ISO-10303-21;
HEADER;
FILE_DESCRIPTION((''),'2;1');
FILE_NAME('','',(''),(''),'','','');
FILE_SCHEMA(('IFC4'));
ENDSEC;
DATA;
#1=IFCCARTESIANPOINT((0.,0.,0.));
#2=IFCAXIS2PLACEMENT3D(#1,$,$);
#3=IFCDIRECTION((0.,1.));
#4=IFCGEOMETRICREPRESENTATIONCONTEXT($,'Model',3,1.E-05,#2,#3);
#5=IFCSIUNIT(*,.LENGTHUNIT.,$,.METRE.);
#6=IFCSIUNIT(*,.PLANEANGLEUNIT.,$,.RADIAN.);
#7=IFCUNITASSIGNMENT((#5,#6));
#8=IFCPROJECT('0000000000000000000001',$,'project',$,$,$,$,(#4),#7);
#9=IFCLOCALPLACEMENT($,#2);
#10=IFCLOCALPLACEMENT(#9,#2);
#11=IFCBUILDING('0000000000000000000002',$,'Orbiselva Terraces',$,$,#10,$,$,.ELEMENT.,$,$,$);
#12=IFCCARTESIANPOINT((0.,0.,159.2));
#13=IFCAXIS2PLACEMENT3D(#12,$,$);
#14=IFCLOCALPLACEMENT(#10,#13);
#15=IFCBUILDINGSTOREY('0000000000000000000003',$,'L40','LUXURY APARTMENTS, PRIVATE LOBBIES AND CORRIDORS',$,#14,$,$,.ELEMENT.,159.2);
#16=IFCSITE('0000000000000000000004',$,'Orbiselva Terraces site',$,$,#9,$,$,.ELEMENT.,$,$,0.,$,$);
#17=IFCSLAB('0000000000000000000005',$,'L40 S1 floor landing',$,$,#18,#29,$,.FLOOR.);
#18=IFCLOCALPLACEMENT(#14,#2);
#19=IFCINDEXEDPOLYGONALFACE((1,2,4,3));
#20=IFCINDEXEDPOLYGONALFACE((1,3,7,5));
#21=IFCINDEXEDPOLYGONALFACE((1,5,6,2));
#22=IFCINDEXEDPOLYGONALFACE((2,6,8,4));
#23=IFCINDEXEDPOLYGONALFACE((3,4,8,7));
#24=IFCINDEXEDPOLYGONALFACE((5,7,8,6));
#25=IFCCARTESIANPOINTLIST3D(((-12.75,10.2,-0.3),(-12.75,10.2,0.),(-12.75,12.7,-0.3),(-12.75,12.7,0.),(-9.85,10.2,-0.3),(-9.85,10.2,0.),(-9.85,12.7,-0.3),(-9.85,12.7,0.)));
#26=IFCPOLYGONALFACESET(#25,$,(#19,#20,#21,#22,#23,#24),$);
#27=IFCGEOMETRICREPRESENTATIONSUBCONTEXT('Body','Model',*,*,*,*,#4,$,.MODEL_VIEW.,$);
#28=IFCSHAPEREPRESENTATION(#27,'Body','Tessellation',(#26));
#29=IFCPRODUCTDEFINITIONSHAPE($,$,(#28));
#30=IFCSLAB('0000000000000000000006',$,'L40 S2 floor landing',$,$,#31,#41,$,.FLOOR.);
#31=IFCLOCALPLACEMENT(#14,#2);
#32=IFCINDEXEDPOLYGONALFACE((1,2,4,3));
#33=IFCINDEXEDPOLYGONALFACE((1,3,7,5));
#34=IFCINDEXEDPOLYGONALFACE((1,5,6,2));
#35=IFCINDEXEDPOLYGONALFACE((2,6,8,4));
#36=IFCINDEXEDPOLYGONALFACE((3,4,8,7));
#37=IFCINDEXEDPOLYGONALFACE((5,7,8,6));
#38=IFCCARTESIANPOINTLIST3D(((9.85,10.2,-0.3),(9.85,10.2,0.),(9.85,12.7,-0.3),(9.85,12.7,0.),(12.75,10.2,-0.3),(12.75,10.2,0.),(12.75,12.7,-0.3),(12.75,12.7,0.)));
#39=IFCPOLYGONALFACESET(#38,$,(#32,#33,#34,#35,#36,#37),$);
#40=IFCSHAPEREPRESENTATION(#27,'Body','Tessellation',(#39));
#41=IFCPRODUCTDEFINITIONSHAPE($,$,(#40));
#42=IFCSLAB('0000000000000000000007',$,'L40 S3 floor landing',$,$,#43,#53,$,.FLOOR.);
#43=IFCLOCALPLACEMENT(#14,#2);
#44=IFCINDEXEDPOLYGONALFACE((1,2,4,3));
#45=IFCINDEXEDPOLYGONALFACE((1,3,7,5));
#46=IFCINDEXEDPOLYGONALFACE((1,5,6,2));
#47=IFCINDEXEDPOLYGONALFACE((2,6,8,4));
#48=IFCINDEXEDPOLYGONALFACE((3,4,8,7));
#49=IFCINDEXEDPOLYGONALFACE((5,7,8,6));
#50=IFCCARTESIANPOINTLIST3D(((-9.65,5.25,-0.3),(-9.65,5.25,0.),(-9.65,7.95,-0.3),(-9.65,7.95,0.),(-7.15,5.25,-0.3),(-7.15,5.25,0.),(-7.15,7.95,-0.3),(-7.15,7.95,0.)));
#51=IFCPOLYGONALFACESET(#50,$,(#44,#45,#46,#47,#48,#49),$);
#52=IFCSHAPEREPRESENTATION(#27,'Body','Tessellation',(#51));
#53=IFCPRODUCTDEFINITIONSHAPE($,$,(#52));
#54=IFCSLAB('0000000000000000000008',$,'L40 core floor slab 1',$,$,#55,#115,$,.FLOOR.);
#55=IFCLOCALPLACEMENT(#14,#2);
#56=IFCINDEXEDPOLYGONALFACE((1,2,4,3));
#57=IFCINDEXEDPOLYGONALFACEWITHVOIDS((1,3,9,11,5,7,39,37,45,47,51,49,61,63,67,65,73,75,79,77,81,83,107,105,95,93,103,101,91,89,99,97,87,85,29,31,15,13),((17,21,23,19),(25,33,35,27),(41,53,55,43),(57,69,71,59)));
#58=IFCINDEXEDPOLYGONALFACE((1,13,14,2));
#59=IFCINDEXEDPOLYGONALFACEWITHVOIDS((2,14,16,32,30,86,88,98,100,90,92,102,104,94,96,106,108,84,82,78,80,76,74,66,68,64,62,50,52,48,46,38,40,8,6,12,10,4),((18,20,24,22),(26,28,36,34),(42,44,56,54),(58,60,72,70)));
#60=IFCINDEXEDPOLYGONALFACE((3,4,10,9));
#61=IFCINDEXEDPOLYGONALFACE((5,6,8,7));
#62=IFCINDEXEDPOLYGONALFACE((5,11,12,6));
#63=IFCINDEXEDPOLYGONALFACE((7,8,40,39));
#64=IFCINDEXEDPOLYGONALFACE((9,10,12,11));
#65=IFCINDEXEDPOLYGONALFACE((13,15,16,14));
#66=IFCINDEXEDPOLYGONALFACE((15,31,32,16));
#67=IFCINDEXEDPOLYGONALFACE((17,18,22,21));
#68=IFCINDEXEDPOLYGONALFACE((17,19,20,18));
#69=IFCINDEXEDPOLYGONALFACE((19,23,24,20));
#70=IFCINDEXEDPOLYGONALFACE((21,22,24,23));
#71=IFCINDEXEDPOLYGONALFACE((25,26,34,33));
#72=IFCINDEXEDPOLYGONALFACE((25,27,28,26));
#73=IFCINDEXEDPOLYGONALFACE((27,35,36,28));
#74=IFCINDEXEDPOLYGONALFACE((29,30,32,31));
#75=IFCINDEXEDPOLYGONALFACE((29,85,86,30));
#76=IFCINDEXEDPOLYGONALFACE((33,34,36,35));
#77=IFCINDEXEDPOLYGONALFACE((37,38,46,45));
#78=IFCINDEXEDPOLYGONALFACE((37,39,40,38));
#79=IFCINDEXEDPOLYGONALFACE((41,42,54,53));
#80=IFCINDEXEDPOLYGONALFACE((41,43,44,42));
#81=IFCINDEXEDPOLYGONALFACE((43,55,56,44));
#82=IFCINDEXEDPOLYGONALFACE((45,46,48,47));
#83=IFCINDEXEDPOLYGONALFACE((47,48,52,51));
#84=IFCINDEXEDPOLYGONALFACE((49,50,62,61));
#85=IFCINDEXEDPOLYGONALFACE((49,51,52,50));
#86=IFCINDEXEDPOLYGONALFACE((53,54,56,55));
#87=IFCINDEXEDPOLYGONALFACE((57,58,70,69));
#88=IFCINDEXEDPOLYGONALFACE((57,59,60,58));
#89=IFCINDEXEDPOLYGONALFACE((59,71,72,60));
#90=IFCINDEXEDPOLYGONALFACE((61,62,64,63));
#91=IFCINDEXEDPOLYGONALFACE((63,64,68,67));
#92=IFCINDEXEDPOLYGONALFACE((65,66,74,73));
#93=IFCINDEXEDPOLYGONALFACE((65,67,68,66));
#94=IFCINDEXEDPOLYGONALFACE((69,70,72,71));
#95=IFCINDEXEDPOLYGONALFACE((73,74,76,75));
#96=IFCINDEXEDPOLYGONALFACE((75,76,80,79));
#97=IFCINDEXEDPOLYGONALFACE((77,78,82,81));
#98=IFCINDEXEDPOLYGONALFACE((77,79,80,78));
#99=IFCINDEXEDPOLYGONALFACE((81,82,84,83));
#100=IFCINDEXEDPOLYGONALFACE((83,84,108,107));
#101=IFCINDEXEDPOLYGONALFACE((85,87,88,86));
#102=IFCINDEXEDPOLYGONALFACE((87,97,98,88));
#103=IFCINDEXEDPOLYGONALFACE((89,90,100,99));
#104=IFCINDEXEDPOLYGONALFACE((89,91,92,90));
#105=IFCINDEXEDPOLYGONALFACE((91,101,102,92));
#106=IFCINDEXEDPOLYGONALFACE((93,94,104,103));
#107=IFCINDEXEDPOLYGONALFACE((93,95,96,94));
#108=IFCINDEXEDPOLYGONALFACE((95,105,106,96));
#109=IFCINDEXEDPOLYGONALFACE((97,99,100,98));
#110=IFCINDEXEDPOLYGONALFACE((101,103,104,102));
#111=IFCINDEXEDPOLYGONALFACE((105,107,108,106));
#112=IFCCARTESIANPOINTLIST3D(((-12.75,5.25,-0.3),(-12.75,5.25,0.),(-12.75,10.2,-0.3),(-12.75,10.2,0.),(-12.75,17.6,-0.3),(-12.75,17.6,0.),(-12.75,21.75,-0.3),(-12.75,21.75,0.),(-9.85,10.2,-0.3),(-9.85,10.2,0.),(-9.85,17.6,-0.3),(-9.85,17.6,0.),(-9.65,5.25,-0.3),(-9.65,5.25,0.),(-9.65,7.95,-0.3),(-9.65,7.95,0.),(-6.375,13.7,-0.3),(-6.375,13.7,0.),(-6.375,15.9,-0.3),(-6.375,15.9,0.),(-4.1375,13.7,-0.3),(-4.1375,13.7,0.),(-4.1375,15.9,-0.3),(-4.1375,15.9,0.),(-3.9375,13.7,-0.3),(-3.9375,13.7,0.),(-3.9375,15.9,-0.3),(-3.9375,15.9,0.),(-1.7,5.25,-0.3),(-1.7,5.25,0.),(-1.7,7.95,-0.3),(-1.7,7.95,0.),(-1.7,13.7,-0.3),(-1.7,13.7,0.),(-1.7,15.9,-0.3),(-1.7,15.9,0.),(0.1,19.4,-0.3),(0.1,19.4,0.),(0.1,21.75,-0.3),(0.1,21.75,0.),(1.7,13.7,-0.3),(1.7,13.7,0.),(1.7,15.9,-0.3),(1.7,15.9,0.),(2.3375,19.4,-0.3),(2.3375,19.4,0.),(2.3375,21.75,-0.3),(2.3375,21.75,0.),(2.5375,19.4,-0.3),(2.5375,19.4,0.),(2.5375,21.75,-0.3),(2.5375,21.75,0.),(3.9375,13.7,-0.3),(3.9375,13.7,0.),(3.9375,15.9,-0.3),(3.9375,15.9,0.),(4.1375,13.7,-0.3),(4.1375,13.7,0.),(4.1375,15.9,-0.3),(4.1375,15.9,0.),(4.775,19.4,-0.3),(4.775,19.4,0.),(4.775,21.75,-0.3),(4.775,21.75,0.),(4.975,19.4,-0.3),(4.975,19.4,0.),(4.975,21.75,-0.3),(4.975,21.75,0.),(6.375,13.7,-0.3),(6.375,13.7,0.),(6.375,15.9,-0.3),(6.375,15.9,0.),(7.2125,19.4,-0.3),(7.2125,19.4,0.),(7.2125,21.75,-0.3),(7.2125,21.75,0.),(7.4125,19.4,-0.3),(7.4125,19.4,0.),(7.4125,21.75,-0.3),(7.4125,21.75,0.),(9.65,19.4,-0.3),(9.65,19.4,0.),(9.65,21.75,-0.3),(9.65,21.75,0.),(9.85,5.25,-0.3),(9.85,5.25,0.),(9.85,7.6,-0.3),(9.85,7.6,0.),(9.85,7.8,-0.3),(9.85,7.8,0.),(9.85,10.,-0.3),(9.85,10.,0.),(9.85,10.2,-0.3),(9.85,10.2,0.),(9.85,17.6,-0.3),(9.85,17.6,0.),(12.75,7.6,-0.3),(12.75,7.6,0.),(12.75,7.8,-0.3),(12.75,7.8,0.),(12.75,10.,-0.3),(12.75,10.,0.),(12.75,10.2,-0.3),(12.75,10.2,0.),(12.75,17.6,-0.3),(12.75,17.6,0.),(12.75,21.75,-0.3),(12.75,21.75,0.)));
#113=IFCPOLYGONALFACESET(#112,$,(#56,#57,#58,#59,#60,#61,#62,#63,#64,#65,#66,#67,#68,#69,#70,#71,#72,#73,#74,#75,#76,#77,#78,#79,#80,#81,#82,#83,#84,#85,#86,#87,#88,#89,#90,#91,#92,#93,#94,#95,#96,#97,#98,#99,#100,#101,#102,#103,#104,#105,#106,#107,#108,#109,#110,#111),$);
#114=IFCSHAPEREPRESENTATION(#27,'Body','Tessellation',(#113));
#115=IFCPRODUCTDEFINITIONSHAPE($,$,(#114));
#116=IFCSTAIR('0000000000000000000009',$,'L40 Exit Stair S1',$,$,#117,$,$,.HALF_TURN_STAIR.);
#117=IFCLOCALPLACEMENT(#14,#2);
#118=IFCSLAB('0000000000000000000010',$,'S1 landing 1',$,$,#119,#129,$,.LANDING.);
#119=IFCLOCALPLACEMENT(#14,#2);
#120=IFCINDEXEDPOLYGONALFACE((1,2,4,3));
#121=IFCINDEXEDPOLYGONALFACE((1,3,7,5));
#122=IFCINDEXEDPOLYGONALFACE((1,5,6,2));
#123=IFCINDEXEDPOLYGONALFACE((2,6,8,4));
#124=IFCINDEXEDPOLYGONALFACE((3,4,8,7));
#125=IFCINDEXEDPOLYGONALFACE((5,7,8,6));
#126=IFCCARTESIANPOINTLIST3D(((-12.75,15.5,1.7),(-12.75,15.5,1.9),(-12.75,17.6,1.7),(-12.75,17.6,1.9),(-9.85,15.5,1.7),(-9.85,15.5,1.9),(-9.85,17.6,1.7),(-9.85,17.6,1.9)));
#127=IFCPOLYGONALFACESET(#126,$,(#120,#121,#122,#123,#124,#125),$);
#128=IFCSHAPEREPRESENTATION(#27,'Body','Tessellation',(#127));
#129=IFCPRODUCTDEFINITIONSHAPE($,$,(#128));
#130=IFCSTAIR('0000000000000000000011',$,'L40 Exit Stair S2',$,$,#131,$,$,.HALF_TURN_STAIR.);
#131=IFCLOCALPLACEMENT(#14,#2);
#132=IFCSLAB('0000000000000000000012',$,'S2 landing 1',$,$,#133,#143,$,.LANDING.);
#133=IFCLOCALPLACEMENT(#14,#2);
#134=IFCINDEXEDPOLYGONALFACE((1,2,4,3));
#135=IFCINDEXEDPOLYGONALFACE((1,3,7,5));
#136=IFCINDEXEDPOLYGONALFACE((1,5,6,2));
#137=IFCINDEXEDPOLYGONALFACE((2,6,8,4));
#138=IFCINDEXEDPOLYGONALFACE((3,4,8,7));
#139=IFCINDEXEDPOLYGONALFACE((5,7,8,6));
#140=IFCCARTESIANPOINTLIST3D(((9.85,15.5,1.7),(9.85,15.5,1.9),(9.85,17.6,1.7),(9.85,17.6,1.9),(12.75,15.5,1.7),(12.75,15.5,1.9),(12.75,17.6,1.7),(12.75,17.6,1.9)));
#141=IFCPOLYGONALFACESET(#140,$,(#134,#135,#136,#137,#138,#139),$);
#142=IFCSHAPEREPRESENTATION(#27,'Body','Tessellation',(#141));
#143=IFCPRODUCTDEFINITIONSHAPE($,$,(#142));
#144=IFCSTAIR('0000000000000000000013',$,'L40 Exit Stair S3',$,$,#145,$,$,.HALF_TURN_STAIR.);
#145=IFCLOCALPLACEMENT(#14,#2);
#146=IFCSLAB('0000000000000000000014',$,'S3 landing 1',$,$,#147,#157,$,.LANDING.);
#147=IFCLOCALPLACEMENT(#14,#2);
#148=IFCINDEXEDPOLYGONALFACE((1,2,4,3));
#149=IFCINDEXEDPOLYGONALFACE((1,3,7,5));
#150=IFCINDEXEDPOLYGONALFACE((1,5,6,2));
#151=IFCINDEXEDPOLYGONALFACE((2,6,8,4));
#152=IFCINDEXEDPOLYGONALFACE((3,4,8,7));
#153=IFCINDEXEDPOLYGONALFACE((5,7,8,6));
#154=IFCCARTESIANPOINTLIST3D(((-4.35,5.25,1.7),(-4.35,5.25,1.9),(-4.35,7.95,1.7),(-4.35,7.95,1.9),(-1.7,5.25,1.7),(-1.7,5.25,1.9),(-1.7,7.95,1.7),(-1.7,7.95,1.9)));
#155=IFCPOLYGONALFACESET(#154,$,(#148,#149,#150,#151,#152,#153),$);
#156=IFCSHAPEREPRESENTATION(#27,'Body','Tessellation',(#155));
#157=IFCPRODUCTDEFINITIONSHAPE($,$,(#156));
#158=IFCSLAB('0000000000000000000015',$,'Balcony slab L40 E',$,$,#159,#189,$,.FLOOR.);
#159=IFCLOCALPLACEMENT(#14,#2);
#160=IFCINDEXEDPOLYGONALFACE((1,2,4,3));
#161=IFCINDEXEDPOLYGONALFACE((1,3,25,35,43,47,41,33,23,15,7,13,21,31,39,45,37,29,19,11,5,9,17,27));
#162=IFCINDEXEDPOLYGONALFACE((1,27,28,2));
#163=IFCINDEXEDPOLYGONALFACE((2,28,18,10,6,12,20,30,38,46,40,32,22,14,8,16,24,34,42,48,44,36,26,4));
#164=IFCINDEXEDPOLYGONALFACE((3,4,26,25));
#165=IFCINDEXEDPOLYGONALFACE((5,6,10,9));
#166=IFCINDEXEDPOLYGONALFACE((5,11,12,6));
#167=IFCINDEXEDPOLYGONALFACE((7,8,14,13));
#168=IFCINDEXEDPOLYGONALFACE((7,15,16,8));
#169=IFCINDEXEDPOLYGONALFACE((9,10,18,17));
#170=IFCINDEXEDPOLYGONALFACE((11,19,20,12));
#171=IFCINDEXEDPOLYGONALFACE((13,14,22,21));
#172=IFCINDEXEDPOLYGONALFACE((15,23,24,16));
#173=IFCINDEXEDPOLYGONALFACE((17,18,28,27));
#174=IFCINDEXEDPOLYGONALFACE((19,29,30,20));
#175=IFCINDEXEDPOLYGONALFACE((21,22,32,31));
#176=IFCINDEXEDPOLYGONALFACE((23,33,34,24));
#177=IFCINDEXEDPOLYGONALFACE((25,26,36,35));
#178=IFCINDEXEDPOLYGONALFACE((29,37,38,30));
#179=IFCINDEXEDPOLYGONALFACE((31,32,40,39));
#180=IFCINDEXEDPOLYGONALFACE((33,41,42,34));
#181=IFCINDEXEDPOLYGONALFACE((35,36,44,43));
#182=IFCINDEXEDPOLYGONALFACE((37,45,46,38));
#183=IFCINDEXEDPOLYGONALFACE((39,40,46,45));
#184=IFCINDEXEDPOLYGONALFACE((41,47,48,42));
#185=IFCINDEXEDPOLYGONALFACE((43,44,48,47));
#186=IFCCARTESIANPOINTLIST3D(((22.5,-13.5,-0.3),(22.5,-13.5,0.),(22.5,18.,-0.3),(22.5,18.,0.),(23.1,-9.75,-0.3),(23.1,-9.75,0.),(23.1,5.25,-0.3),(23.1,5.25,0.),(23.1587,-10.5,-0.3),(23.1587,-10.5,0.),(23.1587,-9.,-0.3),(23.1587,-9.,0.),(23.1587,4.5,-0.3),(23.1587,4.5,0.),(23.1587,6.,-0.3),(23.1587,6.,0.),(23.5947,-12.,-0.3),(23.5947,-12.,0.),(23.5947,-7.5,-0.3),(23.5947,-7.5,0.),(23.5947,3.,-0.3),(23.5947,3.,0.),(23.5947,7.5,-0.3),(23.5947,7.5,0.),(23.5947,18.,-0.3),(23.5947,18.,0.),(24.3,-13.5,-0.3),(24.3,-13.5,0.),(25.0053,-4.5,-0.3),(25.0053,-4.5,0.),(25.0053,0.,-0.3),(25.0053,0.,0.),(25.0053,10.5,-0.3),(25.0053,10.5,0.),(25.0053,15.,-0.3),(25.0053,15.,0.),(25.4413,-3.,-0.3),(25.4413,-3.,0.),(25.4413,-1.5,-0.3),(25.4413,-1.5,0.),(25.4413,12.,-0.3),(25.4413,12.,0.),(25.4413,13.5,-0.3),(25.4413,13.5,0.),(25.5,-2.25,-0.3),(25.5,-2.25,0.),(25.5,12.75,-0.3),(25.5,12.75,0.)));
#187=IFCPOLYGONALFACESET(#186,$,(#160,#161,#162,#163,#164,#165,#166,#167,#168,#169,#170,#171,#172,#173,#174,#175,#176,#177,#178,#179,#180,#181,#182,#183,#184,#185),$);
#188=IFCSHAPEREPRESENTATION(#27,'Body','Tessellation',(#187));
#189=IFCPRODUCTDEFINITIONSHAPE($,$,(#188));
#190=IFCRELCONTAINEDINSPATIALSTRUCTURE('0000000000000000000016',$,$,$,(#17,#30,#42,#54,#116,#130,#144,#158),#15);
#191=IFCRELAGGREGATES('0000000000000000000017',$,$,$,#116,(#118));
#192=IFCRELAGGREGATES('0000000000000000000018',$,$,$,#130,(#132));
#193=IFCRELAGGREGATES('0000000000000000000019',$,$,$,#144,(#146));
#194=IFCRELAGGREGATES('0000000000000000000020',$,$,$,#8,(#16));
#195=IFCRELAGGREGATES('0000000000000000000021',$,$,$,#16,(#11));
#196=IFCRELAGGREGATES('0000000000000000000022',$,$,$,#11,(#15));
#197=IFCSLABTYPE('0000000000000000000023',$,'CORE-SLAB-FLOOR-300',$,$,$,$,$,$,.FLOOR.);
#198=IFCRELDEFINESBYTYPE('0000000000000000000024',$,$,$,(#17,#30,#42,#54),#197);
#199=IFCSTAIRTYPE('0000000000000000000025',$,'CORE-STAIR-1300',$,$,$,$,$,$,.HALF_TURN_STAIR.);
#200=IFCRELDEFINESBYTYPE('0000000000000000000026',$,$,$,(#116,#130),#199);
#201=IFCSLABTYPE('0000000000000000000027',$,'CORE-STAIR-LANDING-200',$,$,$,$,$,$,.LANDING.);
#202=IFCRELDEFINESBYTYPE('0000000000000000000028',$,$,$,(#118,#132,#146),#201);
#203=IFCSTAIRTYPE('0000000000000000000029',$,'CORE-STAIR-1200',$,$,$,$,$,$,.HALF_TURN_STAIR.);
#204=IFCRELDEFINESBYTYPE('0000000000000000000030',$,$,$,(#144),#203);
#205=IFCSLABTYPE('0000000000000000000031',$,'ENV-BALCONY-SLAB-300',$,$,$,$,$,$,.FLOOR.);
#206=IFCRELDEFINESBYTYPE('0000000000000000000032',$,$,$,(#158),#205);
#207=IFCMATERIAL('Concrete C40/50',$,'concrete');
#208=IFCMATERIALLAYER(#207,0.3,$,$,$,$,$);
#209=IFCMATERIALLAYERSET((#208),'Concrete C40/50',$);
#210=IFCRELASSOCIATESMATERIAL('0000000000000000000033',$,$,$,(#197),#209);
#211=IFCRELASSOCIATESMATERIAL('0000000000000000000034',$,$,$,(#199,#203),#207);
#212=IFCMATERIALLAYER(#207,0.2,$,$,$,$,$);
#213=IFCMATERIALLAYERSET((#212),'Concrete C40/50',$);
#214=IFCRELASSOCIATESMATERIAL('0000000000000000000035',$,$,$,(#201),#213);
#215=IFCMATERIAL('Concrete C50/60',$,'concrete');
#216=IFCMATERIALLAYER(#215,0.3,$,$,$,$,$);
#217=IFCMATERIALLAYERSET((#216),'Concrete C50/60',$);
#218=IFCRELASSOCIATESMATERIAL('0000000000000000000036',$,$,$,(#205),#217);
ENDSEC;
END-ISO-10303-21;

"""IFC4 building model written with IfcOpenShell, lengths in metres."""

from ifc_helpers import new_model, si_unit, direction, frame, origin, place, context, subcontext, project, spatial, polyline, outline, extrude, material, layer, layer_set, type_object, element, aggregate, save


model = new_model("IFC4")

# Units and contexts
model_context = context("Model", 3, precision=1e-05, world=origin(), true_north=direction((0.0, 1.0)))
body_context = subcontext(model_context, "Body", "Model", "MODEL_VIEW")
ifc_project = project(units=[si_unit("LENGTHUNIT", "METRE"), si_unit("PLANEANGLEUNIT", "RADIAN")], contexts=[model_context])

# Site, building, storey
site_placement = place(None, origin())
site = spatial("IfcSite", under=ifc_project, at=site_placement, Name="Orbiselva Terraces site", CompositionType="ELEMENT", RefElevation=0.0)
building_placement = place(site_placement, origin())
building = spatial("IfcBuilding", under=site, at=building_placement, Name="Orbiselva Terraces", CompositionType="ELEMENT")
storey_placement = place(building_placement, frame((0.0, 0.0, 159.2)))
storey = spatial("IfcBuildingStorey", under=building, at=storey_placement, Name="L40", Description="LUXURY APARTMENTS, PRIVATE LOBBIES AND CORRIDORS", CompositionType="ELEMENT", Elevation=159.2)

# Slabs
ifc_material_1 = material(Name="Concrete C40/50", Category="concrete")
ifc_layer_1 = layer(ifc_material_1, 0.3)
ifc_layer_set_1 = layer_set([ifc_layer_1], Name="Concrete C40/50")
slab_type_1 = type_object("IfcSlabType", Name="CORE-SLAB-FLOOR-300", PredefinedType="FLOOR", material=ifc_layer_set_1)
slab_1_placement = place(storey_placement, frame((0.0, 0.0, -0.3)))
element("IfcSlab", 1, at=slab_1_placement, inside=storey, type_object=slab_type_1, Name="L40 S1 floor landing", PredefinedType="FLOOR", context=body_context, shape_type="SweptSolid", body=[
    extrude(outline(polyline([(-12.75, 12.7), (-9.85, 12.7), (-9.85, 10.2), (-12.75, 10.2), (-12.75, 12.7)])), origin(), (0.0, 0.0, 1.0), 0.3),
])
slab_2_placement = place(storey_placement, frame((0.0, 0.0, -0.3)))
element("IfcSlab", 2, at=slab_2_placement, inside=storey, type_object=slab_type_1, Name="L40 S2 floor landing", PredefinedType="FLOOR", context=body_context, shape_type="SweptSolid", body=[
    extrude(outline(polyline([(12.75, 12.7), (12.75, 10.2), (9.85, 10.2), (9.85, 12.7), (12.75, 12.7)])), origin(), (0.0, 0.0, 1.0), 0.3),
])
slab_3_placement = place(storey_placement, frame((0.0, 0.0, -0.3)))
element("IfcSlab", 3, at=slab_3_placement, inside=storey, type_object=slab_type_1, Name="L40 S3 floor landing", PredefinedType="FLOOR", context=body_context, shape_type="SweptSolid", body=[
    extrude(outline(polyline([(-7.15, 5.25), (-9.65, 5.25), (-9.65, 7.95), (-7.15, 7.95), (-7.15, 5.25)])), origin(), (0.0, 0.0, 1.0), 0.3),
])
slab_4_placement = place(storey_placement, frame((0.0, 0.0, -0.3)))
element("IfcSlab", 4, at=slab_4_placement, inside=storey, type_object=slab_type_1, Name="L40 core floor slab 1", PredefinedType="FLOOR", context=body_context, shape_type="SweptSolid", body=[
    extrude(outline(polyline([(-1.7, 5.25), (-1.7, 7.95), (-9.65, 7.95), (-9.65, 5.25), (-12.75, 5.25), (-12.75, 10.2), (-9.85, 10.2), (-9.85, 17.6), (-12.75, 17.6), (-12.75, 21.75), (0.1, 21.75), (0.1, 19.4), (2.3375, 19.4), (2.3375, 21.75), (2.5375, 21.75), (2.5375, 19.4), (4.775, 19.4), (4.775, 21.75), (4.975, 21.75), (4.975, 19.4), (7.2125, 19.4), (7.2125, 21.75), (7.4125, 21.75), (7.4125, 19.4), (9.65, 19.4), (9.65, 21.75), (12.75, 21.75), (12.75, 17.6), (9.85, 17.6), (9.85, 10.2), (12.75, 10.2), (12.75, 10.0), (9.85, 10.0), (9.85, 7.8), (12.75, 7.8), (12.75, 7.6), (9.85, 7.6), (9.85, 5.25), (-1.7, 5.25)]), holes=[polyline([(-4.1375, 13.7), (-4.1375, 15.9), (-6.375, 15.9), (-6.375, 13.7), (-4.1375, 13.7)]), polyline([(-1.7, 13.7), (-1.7, 15.9), (-3.9375, 15.9), (-3.9375, 13.7), (-1.7, 13.7)]), polyline([(3.9375, 15.9), (1.7, 15.9), (1.7, 13.7), (3.9375, 13.7), (3.9375, 15.9)]), polyline([(6.375, 13.7), (6.375, 15.9), (4.1375, 15.9), (4.1375, 13.7), (6.375, 13.7)])]), origin(), (0.0, 0.0, 1.0), 0.3),
])

# Stairs, slabs
stair_type_1 = type_object("IfcStairType", Name="CORE-STAIR-1300", PredefinedType="HALF_TURN_STAIR", material=ifc_material_1)
stair_1_placement = place(storey_placement, origin())
stair_1 = element("IfcStair", 5, at=stair_1_placement, inside=storey, type_object=stair_type_1, Name="L40 Exit Stair S1", PredefinedType="HALF_TURN_STAIR")
ifc_layer_2 = layer(ifc_material_1, 0.2)
ifc_layer_set_2 = layer_set([ifc_layer_2], Name="Concrete C40/50")
slab_type_2 = type_object("IfcSlabType", Name="CORE-STAIR-LANDING-200", PredefinedType="LANDING", material=ifc_layer_set_2)
slab_5_placement = place(storey_placement, frame((0.0, 0.0, 1.7)))
slab_5 = element("IfcSlab", 6, at=slab_5_placement, type_object=slab_type_2, Name="S1 landing 1", PredefinedType="LANDING", context=body_context, shape_type="SweptSolid", body=[
    extrude(outline(polyline([(-9.85, 15.5), (-9.85, 17.6), (-12.75, 17.6), (-12.75, 15.5), (-9.85, 15.5)])), origin(), (0.0, 0.0, 1.0), 0.2),
])
aggregate(stair_1, [slab_5])
stair_2_placement = place(storey_placement, origin())
stair_2 = element("IfcStair", 7, at=stair_2_placement, inside=storey, type_object=stair_type_1, Name="L40 Exit Stair S2", PredefinedType="HALF_TURN_STAIR")
slab_6_placement = place(storey_placement, frame((0.0, 0.0, 1.7)))
slab_6 = element("IfcSlab", 8, at=slab_6_placement, type_object=slab_type_2, Name="S2 landing 1", PredefinedType="LANDING", context=body_context, shape_type="SweptSolid", body=[
    extrude(outline(polyline([(12.75, 15.5), (12.75, 17.6), (9.85, 17.6), (9.85, 15.5), (12.75, 15.5)])), origin(), (0.0, 0.0, 1.0), 0.2),
])
aggregate(stair_2, [slab_6])
stair_type_2 = type_object("IfcStairType", Name="CORE-STAIR-1200", PredefinedType="HALF_TURN_STAIR", material=ifc_material_1)
stair_3_placement = place(storey_placement, origin())
stair_3 = element("IfcStair", 9, at=stair_3_placement, inside=storey, type_object=stair_type_2, Name="L40 Exit Stair S3", PredefinedType="HALF_TURN_STAIR")
slab_7_placement = place(storey_placement, frame((0.0, 0.0, 1.7)))
slab_7 = element("IfcSlab", 10, at=slab_7_placement, type_object=slab_type_2, Name="S3 landing 1", PredefinedType="LANDING", context=body_context, shape_type="SweptSolid", body=[
    extrude(outline(polyline([(-4.35, 5.25), (-1.7, 5.25), (-1.7, 7.95), (-4.35, 7.95), (-4.35, 5.25)])), origin(), (0.0, 0.0, 1.0), 0.2),
])
aggregate(stair_3, [slab_7])

# Slab
ifc_material_2 = material(Name="Concrete C50/60", Category="concrete")
ifc_layer_3 = layer(ifc_material_2, 0.3)
ifc_layer_set_3 = layer_set([ifc_layer_3], Name="Concrete C50/60")
slab_type_3 = type_object("IfcSlabType", Name="ENV-BALCONY-SLAB-300", PredefinedType="FLOOR", material=ifc_layer_set_3)
slab_8_placement = place(storey_placement, frame((0.0, 0.0, -0.3)))
element("IfcSlab", 11, at=slab_8_placement, inside=storey, type_object=slab_type_3, Name="Balcony slab L40 E", PredefinedType="FLOOR", context=body_context, shape_type="SweptSolid", body=[
    extrude(outline(polyline([(24.3, -13.5), (23.5947, -12.0), (23.1587, -10.5), (23.1, -9.75), (23.1587, -9.0), (23.5947, -7.5), (25.0053, -4.5), (25.4413, -3.0), (25.5, -2.25), (25.4413, -1.5), (25.0053, 0.0), (23.5947, 3.0), (23.1587, 4.5), (23.1, 5.25), (23.1587, 6.0), (23.5947, 7.5), (25.0053, 10.5), (25.4413, 12.0), (25.5, 12.75), (25.4413, 13.5), (25.0053, 15.0), (23.5947, 18.0), (22.5, 18.0), (22.5, -13.5), (24.3, -13.5)])), origin(), (0.0, 0.0, 1.0), 0.3),
])

save(model, "model.ifc")
